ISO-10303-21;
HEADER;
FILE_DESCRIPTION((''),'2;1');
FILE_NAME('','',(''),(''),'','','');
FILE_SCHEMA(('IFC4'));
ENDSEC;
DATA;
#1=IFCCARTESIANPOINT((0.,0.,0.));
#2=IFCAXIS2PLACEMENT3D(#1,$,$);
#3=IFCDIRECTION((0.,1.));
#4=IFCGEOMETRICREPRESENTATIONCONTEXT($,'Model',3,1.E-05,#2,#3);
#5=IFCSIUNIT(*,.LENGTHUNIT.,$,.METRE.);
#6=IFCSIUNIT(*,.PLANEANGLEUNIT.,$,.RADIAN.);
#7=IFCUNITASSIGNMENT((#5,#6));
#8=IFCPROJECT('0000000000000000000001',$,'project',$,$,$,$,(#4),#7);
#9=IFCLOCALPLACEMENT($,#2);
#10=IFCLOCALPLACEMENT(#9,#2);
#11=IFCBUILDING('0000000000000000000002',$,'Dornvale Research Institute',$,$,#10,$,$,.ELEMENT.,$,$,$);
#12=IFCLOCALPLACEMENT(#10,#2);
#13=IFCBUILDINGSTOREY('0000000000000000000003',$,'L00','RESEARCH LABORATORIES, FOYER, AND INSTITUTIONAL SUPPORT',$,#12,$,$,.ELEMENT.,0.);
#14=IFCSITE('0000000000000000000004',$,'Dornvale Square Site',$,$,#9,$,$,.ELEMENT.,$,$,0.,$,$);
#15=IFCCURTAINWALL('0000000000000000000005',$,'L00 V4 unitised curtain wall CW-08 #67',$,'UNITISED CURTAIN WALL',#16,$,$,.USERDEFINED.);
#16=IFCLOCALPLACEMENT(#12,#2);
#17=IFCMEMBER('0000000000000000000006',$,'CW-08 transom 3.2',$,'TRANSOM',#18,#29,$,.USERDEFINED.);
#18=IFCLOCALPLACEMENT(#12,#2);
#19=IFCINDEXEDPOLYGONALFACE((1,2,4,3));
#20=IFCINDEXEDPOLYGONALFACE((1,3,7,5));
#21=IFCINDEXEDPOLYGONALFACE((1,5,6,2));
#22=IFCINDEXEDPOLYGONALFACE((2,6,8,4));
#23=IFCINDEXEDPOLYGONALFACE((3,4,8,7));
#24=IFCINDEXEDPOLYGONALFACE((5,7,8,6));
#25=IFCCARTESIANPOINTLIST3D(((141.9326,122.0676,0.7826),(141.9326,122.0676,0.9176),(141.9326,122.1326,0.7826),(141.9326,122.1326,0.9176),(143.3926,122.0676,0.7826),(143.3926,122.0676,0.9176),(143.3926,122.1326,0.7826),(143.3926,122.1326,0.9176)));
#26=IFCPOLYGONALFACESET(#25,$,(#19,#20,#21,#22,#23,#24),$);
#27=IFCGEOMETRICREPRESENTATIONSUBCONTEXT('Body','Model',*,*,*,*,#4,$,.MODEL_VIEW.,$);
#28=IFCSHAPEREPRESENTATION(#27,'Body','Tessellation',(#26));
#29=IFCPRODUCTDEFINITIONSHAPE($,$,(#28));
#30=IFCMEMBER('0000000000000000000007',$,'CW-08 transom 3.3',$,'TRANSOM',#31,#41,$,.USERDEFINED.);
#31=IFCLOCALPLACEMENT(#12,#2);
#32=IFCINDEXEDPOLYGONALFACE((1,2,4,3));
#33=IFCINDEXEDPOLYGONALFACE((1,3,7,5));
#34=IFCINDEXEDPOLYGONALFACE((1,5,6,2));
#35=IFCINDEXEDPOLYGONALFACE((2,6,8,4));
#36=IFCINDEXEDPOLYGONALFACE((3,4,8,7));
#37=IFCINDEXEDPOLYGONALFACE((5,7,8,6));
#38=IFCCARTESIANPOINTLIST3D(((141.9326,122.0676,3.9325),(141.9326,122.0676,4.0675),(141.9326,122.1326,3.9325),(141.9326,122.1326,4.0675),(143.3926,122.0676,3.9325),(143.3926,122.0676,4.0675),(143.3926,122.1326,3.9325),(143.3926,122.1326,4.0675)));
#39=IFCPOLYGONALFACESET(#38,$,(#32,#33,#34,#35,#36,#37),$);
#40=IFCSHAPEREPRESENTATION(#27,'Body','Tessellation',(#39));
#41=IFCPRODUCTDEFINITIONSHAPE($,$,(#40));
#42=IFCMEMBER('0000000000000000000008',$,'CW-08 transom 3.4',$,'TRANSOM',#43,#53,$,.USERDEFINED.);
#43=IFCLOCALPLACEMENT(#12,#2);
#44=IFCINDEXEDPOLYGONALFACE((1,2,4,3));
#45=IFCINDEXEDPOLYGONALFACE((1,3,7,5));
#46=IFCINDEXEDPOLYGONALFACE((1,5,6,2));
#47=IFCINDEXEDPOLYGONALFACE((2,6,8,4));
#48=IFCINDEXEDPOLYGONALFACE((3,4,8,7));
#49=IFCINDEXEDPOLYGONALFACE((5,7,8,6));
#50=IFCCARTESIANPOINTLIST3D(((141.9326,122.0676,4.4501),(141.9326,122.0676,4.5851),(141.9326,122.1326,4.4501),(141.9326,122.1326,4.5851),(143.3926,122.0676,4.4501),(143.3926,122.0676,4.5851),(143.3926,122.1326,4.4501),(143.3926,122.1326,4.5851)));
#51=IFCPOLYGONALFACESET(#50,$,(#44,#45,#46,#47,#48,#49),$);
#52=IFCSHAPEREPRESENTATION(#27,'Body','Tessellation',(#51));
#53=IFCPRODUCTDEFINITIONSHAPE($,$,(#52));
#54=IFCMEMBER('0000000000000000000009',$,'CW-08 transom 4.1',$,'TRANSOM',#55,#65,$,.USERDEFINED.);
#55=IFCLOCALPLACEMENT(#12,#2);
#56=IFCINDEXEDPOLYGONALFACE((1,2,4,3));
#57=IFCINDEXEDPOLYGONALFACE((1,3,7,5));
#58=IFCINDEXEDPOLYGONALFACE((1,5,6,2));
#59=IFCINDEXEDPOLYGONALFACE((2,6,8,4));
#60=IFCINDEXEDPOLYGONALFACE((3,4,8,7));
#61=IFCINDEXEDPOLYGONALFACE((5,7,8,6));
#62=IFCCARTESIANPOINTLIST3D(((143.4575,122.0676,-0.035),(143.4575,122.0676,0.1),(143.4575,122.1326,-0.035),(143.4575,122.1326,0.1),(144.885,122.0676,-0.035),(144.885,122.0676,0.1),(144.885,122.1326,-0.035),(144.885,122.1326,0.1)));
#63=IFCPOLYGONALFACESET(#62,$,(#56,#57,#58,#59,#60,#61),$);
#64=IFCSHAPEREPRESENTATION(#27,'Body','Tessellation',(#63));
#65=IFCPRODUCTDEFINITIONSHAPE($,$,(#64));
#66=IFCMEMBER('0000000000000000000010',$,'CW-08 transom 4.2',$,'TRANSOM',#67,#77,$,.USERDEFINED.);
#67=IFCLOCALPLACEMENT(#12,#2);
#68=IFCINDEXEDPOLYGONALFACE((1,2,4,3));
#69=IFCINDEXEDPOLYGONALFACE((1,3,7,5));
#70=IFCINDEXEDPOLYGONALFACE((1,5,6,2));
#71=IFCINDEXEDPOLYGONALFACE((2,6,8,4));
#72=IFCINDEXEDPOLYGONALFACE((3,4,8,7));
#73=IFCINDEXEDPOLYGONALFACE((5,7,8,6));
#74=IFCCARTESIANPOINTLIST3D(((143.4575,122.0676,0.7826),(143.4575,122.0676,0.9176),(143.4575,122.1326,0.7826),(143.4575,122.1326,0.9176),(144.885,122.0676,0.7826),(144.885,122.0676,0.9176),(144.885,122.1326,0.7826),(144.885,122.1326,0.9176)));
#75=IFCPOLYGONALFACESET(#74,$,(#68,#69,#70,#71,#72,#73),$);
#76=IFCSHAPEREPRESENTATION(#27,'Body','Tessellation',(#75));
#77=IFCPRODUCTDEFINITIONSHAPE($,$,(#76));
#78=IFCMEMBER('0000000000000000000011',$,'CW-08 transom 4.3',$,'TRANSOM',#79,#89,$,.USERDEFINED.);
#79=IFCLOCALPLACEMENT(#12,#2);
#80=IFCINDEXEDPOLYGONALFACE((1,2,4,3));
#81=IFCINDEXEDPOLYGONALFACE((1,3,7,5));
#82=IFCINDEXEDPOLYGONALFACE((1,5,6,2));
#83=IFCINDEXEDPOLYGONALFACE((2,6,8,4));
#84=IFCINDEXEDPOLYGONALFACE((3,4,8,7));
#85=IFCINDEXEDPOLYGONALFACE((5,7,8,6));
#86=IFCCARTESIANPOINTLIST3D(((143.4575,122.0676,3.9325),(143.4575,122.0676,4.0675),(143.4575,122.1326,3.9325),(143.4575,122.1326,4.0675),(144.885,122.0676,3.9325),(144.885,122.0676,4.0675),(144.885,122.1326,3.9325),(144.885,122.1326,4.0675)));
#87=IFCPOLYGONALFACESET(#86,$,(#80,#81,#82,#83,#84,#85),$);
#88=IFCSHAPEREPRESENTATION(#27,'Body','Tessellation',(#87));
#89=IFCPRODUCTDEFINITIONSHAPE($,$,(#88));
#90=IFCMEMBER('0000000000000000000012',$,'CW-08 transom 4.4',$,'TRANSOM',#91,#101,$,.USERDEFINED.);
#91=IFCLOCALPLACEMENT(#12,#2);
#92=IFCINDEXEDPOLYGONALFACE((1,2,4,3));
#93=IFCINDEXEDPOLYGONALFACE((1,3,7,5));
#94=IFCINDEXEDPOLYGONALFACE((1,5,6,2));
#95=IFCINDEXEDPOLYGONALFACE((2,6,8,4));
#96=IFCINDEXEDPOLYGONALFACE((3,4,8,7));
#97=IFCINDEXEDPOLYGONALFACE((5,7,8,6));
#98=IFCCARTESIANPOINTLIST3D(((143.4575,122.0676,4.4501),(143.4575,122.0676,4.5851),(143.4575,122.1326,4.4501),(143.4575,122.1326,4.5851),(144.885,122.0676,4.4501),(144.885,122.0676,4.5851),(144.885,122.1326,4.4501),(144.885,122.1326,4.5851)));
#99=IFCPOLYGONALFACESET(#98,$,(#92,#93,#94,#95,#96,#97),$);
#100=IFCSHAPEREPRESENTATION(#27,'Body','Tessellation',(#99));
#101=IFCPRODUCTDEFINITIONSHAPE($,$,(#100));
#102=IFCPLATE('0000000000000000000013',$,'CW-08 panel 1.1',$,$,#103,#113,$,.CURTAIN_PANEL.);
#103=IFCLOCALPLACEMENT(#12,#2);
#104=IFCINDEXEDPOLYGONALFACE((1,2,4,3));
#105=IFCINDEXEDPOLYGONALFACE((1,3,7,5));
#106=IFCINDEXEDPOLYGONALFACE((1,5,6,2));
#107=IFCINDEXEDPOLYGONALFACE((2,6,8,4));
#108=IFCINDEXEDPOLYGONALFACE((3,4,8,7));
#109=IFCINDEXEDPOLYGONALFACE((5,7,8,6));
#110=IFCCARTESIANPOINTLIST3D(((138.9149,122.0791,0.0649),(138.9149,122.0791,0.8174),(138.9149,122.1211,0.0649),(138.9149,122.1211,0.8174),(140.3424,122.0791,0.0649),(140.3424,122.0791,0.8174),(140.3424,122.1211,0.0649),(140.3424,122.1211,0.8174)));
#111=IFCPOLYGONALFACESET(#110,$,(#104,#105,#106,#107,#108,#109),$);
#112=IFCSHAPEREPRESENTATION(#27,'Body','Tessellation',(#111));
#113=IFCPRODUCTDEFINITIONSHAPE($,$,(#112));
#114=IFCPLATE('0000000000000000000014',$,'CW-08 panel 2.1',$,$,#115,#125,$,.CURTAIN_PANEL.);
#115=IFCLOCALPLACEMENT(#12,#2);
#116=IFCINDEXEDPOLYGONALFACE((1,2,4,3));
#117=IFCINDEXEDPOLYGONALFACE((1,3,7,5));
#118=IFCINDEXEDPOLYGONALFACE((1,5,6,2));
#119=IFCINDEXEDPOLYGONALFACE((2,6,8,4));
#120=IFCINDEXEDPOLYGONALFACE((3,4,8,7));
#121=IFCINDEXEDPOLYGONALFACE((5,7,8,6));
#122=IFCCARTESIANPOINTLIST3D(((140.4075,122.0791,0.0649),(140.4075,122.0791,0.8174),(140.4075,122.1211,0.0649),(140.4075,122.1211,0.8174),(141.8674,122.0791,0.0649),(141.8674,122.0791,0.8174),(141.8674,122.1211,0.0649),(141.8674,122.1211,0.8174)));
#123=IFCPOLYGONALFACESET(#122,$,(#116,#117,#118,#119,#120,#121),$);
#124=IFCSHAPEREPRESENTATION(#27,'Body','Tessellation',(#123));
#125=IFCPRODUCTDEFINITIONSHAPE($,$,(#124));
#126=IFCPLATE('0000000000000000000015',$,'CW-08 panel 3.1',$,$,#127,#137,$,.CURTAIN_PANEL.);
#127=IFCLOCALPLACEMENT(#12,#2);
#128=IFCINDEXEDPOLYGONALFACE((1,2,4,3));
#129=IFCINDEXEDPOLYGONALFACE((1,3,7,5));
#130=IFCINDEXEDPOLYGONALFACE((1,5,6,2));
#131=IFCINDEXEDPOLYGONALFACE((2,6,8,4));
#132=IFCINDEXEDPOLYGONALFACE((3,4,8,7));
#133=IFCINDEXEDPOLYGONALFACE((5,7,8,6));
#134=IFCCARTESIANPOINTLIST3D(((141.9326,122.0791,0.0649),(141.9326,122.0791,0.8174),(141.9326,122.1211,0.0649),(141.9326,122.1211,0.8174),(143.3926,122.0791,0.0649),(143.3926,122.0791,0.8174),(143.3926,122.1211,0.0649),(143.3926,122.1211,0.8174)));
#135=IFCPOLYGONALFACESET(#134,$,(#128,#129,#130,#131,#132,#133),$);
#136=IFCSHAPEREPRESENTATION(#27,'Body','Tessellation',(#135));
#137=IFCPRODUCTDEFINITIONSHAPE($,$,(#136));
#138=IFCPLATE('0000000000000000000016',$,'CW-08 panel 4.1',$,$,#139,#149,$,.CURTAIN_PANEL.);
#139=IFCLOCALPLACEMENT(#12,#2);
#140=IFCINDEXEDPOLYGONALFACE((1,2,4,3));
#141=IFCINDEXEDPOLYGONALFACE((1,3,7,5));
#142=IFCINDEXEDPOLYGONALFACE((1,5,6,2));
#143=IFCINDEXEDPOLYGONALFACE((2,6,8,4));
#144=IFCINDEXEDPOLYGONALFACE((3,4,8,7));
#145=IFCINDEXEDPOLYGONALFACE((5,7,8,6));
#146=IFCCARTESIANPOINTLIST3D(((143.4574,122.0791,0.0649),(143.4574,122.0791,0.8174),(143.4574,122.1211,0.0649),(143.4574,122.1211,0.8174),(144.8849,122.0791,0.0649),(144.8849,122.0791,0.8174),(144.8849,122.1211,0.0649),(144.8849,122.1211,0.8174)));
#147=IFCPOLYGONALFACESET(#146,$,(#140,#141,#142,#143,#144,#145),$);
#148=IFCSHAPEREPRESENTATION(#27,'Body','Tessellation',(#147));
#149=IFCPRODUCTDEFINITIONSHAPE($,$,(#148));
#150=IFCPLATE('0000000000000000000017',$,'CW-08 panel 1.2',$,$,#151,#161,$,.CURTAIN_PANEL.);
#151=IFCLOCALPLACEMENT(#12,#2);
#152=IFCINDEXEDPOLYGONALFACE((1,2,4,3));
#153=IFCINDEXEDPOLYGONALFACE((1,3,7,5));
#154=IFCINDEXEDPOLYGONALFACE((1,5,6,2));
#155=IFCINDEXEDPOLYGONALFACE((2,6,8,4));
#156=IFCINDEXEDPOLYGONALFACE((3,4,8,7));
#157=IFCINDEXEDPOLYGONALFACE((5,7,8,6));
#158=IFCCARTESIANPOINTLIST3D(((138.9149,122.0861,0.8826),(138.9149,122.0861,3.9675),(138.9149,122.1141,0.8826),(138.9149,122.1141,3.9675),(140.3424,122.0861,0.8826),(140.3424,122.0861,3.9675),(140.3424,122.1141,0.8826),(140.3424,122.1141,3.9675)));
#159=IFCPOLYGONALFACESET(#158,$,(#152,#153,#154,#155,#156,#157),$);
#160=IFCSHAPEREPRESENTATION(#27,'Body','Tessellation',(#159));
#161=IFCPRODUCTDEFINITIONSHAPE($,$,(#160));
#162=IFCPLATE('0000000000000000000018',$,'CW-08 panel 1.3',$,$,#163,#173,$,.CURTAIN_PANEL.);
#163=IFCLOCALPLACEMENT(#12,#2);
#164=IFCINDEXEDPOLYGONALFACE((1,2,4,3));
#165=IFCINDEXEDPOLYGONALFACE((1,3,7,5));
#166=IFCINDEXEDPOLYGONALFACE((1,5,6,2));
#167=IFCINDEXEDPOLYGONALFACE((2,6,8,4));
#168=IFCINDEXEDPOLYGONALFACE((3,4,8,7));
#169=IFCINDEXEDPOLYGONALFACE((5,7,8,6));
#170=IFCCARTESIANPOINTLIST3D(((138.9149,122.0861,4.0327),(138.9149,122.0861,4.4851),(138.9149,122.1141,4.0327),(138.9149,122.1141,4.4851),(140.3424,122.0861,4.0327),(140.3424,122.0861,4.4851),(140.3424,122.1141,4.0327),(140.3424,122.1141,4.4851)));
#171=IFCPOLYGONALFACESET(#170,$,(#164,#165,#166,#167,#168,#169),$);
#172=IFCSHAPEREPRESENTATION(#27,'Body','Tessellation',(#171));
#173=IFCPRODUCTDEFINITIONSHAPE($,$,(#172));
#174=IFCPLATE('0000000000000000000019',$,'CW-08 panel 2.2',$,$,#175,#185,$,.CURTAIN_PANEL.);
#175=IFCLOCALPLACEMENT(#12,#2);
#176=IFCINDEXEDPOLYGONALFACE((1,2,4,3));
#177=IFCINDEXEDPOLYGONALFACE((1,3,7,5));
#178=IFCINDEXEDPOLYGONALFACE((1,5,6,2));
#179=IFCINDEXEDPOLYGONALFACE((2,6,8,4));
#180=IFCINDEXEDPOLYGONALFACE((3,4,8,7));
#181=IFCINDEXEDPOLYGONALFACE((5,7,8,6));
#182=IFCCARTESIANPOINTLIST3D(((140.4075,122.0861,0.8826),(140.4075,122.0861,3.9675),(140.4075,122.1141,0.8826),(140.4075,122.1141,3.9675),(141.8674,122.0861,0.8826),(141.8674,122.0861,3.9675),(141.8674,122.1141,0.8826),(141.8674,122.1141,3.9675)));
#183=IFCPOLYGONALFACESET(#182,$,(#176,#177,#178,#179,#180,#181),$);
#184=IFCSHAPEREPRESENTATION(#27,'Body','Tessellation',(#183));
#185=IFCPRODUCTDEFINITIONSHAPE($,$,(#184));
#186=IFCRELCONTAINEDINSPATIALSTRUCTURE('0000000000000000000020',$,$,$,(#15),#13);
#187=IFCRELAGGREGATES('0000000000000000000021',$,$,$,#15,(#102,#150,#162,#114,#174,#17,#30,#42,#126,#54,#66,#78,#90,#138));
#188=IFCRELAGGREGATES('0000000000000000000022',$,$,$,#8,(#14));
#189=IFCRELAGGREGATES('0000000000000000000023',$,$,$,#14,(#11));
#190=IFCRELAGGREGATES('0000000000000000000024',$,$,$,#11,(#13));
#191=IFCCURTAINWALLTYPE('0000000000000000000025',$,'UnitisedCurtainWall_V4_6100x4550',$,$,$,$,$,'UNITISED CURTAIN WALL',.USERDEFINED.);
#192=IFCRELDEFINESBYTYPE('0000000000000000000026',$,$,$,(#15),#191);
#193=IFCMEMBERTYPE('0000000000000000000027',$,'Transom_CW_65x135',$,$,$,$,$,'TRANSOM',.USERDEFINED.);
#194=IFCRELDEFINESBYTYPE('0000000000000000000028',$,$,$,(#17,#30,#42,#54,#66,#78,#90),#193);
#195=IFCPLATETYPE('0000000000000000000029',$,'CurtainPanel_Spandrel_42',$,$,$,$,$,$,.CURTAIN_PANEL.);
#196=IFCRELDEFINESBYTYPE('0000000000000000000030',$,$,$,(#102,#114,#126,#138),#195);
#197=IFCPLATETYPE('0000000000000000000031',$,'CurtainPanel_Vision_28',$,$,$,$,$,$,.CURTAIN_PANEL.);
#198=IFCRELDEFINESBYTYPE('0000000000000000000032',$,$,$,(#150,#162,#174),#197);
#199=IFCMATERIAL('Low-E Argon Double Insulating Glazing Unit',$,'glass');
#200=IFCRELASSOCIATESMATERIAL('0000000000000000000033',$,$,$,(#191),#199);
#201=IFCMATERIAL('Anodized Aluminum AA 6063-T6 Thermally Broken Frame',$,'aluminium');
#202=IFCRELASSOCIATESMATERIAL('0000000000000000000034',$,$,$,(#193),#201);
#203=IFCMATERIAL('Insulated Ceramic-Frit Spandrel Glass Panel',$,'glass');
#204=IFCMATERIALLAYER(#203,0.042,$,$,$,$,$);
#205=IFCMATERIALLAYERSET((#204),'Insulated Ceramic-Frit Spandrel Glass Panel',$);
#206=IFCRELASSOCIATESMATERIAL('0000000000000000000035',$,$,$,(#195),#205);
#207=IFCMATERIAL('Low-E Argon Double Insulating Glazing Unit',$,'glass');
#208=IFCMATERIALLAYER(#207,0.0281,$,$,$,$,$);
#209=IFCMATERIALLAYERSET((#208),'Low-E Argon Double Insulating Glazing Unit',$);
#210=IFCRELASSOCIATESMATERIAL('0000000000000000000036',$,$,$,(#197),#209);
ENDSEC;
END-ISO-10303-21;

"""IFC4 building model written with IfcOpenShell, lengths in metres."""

from ifc_helpers import new_model, si_unit, direction, frame, origin, origin_2d, place, context, subcontext, project, spatial, rectangle, extrude, material, layer, layer_set, material_profile, profile_set, type_object, element, aggregate, save


model = new_model("IFC4")

# Units and contexts
model_context = context("Model", 3, precision=1e-05, world=origin(), true_north=direction((0.0, 1.0)))
body_context = subcontext(model_context, "Body", "Model", "MODEL_VIEW")
ifc_project = project(units=[si_unit("LENGTHUNIT", "METRE"), si_unit("PLANEANGLEUNIT", "RADIAN")], contexts=[model_context])

# Site, building, storey
site_placement = place(None, origin())
site = spatial("IfcSite", under=ifc_project, at=site_placement, Name="Dornvale Square Site", CompositionType="ELEMENT", RefElevation=0.0)
building_placement = place(site_placement, origin())
building = spatial("IfcBuilding", under=site, at=building_placement, Name="Dornvale Research Institute", CompositionType="ELEMENT")
storey_placement = place(building_placement, origin())
storey = spatial("IfcBuildingStorey", under=building, at=storey_placement, Name="L00", Description="RESEARCH LABORATORIES, FOYER, AND INSTITUTIONAL SUPPORT", CompositionType="ELEMENT", Elevation=0.0)

# Curtain wall, members, plates
ifc_material_1 = material(Name="Low-E Argon Double Insulating Glazing Unit", Category="glass")
curtain_wall_type = type_object("IfcCurtainWallType", Name="UnitisedCurtainWall_V4_6100x4550", ElementType="UNITISED CURTAIN WALL", PredefinedType="USERDEFINED", material=ifc_material_1)
curtain_wall_placement = place(storey_placement, origin())
curtain_wall = element("IfcCurtainWall", 1, at=curtain_wall_placement, inside=storey, type_object=curtain_wall_type, Name="L00 V4 unitised curtain wall CW-08 #67", ObjectType="UNITISED CURTAIN WALL", PredefinedType="USERDEFINED")
ifc_material_2 = material(Name="Anodized Aluminum AA 6063-T6 Thermally Broken Frame", Category="aluminium")
ifc_material_profile_1 = material_profile(ifc_material_2, rectangle(XDim=0.0649, YDim=0.135, at=origin_2d()), Name="ALU TRANSOM 65x135")
ifc_profile_set_1 = profile_set([ifc_material_profile_1], Name="Anodized Aluminum AA 6063-T6 Thermally Broken Frame")
member_type_1 = type_object("IfcMemberType", Name="Transom_CW_65x135", ElementType="TRANSOM", PredefinedType="USERDEFINED", material=ifc_profile_set_1)
member_1_placement = place(storey_placement, frame((141.9326, 122.1001, 0.8501), z_axis=(1.0, 0.0, 0.0), x_axis=(0.0, 1.0, 0.0)))
member_1 = element("IfcMember", 2, at=member_1_placement, type_object=member_type_1, Name="CW-08 transom 3.2", ObjectType="TRANSOM", PredefinedType="USERDEFINED", context=body_context, shape_type="SweptSolid", body=[
    extrude(rectangle(XDim=0.0649, YDim=0.135, at=origin_2d()), origin(), (0.0, 0.0, 1.0), 1.46),
])
member_2_placement = place(storey_placement, frame((141.9326, 122.1001, 4.0), z_axis=(1.0, 0.0, 0.0), x_axis=(0.0, 1.0, 0.0)))
member_2 = element("IfcMember", 3, at=member_2_placement, type_object=member_type_1, Name="CW-08 transom 3.3", ObjectType="TRANSOM", PredefinedType="USERDEFINED", context=body_context, shape_type="SweptSolid", body=[
    extrude(rectangle(XDim=0.0649, YDim=0.135, at=origin_2d()), origin(), (0.0, 0.0, 1.0), 1.46),
])
member_3_placement = place(storey_placement, frame((141.9326, 122.1001, 4.5176), z_axis=(1.0, 0.0, 0.0), x_axis=(0.0, 1.0, 0.0)))
member_3 = element("IfcMember", 4, at=member_3_placement, type_object=member_type_1, Name="CW-08 transom 3.4", ObjectType="TRANSOM", PredefinedType="USERDEFINED", context=body_context, shape_type="SweptSolid", body=[
    extrude(rectangle(XDim=0.0649, YDim=0.135, at=origin_2d()), origin(), (0.0, 0.0, 1.0), 1.46),
])
member_4_placement = place(storey_placement, frame((143.4575, 122.1001, 0.0325), z_axis=(1.0, 0.0, 0.0), x_axis=(0.0, 1.0, 0.0)))
member_4 = element("IfcMember", 5, at=member_4_placement, type_object=member_type_1, Name="CW-08 transom 4.1", ObjectType="TRANSOM", PredefinedType="USERDEFINED", context=body_context, shape_type="SweptSolid", body=[
    extrude(rectangle(XDim=0.0649, YDim=0.135, at=origin_2d()), origin(), (0.0, 0.0, 1.0), 1.4275),
])
member_5_placement = place(storey_placement, frame((143.4575, 122.1001, 0.8501), z_axis=(1.0, 0.0, 0.0), x_axis=(0.0, 1.0, 0.0)))
member_5 = element("IfcMember", 6, at=member_5_placement, type_object=member_type_1, Name="CW-08 transom 4.2", ObjectType="TRANSOM", PredefinedType="USERDEFINED", context=body_context, shape_type="SweptSolid", body=[
    extrude(rectangle(XDim=0.0649, YDim=0.135, at=origin_2d()), origin(), (0.0, 0.0, 1.0), 1.4275),
])
member_6_placement = place(storey_placement, frame((143.4575, 122.1001, 4.0), z_axis=(1.0, 0.0, 0.0), x_axis=(0.0, 1.0, 0.0)))
member_6 = element("IfcMember", 7, at=member_6_placement, type_object=member_type_1, Name="CW-08 transom 4.3", ObjectType="TRANSOM", PredefinedType="USERDEFINED", context=body_context, shape_type="SweptSolid", body=[
    extrude(rectangle(XDim=0.0649, YDim=0.135, at=origin_2d()), origin(), (0.0, 0.0, 1.0), 1.4275),
])
member_7_placement = place(storey_placement, frame((143.4575, 122.1001, 4.5176), z_axis=(1.0, 0.0, 0.0), x_axis=(0.0, 1.0, 0.0)))
member_7 = element("IfcMember", 8, at=member_7_placement, type_object=member_type_1, Name="CW-08 transom 4.4", ObjectType="TRANSOM", PredefinedType="USERDEFINED", context=body_context, shape_type="SweptSolid", body=[
    extrude(rectangle(XDim=0.0649, YDim=0.135, at=origin_2d()), origin(), (0.0, 0.0, 1.0), 1.4275),
])
ifc_material_3 = material(Name="Insulated Ceramic-Frit Spandrel Glass Panel", Category="glass")
ifc_layer_1 = layer(ifc_material_3, 0.042)
ifc_layer_set_1 = layer_set([ifc_layer_1], Name="Insulated Ceramic-Frit Spandrel Glass Panel")
plate_type_1 = type_object("IfcPlateType", Name="CurtainPanel_Spandrel_42", PredefinedType="CURTAIN_PANEL", material=ifc_layer_set_1)
plate_1_placement = place(storey_placement, frame((139.6287, 122.1001, 0.0649), z_axis=(0.0, 0.0, 1.0), x_axis=(1.0, 0.0, 0.0)))
plate_1 = element("IfcPlate", 9, at=plate_1_placement, type_object=plate_type_1, Name="CW-08 panel 1.1", PredefinedType="CURTAIN_PANEL", context=body_context, shape_type="SweptSolid", body=[
    extrude(rectangle(XDim=1.4275, YDim=0.042, at=origin_2d()), origin(), (0.0, 0.0, 1.0), 0.7524),
])
plate_2_placement = place(storey_placement, frame((141.1375, 122.1001, 0.0649), z_axis=(0.0, 0.0, 1.0), x_axis=(1.0, 0.0, 0.0)))
plate_2 = element("IfcPlate", 10, at=plate_2_placement, type_object=plate_type_1, Name="CW-08 panel 2.1", PredefinedType="CURTAIN_PANEL", context=body_context, shape_type="SweptSolid", body=[
    extrude(rectangle(XDim=1.46, YDim=0.042, at=origin_2d()), origin(), (0.0, 0.0, 1.0), 0.7524),
])
plate_3_placement = place(storey_placement, frame((142.6626, 122.1001, 0.0649), z_axis=(0.0, 0.0, 1.0), x_axis=(1.0, 0.0, 0.0)))
plate_3 = element("IfcPlate", 11, at=plate_3_placement, type_object=plate_type_1, Name="CW-08 panel 3.1", PredefinedType="CURTAIN_PANEL", context=body_context, shape_type="SweptSolid", body=[
    extrude(rectangle(XDim=1.46, YDim=0.042, at=origin_2d()), origin(), (0.0, 0.0, 1.0), 0.7524),
])
plate_4_placement = place(storey_placement, frame((144.1711, 122.1001, 0.0649), z_axis=(0.0, 0.0, 1.0), x_axis=(1.0, 0.0, 0.0)))
plate_4 = element("IfcPlate", 12, at=plate_4_placement, type_object=plate_type_1, Name="CW-08 panel 4.1", PredefinedType="CURTAIN_PANEL", context=body_context, shape_type="SweptSolid", body=[
    extrude(rectangle(XDim=1.4275, YDim=0.042, at=origin_2d()), origin(), (0.0, 0.0, 1.0), 0.7524),
])
ifc_material_4 = material(Name="Low-E Argon Double Insulating Glazing Unit", Category="glass")
ifc_layer_2 = layer(ifc_material_4, 0.0281)
ifc_layer_set_2 = layer_set([ifc_layer_2], Name="Low-E Argon Double Insulating Glazing Unit")
plate_type_2 = type_object("IfcPlateType", Name="CurtainPanel_Vision_28", PredefinedType="CURTAIN_PANEL", material=ifc_layer_set_2)
plate_5_placement = place(storey_placement, frame((139.6287, 122.1001, 0.8826), z_axis=(0.0, 0.0, 1.0), x_axis=(1.0, 0.0, 0.0)))
plate_5 = element("IfcPlate", 13, at=plate_5_placement, type_object=plate_type_2, Name="CW-08 panel 1.2", PredefinedType="CURTAIN_PANEL", context=body_context, shape_type="SweptSolid", body=[
    extrude(rectangle(XDim=1.4275, YDim=0.0281, at=origin_2d()), origin(), (0.0, 0.0, 1.0), 3.085),
])
plate_6_placement = place(storey_placement, frame((139.6287, 122.1001, 4.0327), z_axis=(0.0, 0.0, 1.0), x_axis=(1.0, 0.0, 0.0)))
plate_6 = element("IfcPlate", 14, at=plate_6_placement, type_object=plate_type_2, Name="CW-08 panel 1.3", PredefinedType="CURTAIN_PANEL", context=body_context, shape_type="SweptSolid", body=[
    extrude(rectangle(XDim=1.4275, YDim=0.0281, at=origin_2d()), origin(), (0.0, 0.0, 1.0), 0.4524),
])
plate_7_placement = place(storey_placement, frame((141.1375, 122.1001, 0.8826), z_axis=(0.0, 0.0, 1.0), x_axis=(1.0, 0.0, 0.0)))
plate_7 = element("IfcPlate", 15, at=plate_7_placement, type_object=plate_type_2, Name="CW-08 panel 2.2", PredefinedType="CURTAIN_PANEL", context=body_context, shape_type="SweptSolid", body=[
    extrude(rectangle(XDim=1.46, YDim=0.0281, at=origin_2d()), origin(), (0.0, 0.0, 1.0), 3.085),
])
aggregate(curtain_wall, [plate_1, plate_5, plate_6, plate_2, plate_7, member_1, member_2, member_3, plate_3, member_4, member_5, member_6, member_7, plate_4])

save(model, "model.ifc")
